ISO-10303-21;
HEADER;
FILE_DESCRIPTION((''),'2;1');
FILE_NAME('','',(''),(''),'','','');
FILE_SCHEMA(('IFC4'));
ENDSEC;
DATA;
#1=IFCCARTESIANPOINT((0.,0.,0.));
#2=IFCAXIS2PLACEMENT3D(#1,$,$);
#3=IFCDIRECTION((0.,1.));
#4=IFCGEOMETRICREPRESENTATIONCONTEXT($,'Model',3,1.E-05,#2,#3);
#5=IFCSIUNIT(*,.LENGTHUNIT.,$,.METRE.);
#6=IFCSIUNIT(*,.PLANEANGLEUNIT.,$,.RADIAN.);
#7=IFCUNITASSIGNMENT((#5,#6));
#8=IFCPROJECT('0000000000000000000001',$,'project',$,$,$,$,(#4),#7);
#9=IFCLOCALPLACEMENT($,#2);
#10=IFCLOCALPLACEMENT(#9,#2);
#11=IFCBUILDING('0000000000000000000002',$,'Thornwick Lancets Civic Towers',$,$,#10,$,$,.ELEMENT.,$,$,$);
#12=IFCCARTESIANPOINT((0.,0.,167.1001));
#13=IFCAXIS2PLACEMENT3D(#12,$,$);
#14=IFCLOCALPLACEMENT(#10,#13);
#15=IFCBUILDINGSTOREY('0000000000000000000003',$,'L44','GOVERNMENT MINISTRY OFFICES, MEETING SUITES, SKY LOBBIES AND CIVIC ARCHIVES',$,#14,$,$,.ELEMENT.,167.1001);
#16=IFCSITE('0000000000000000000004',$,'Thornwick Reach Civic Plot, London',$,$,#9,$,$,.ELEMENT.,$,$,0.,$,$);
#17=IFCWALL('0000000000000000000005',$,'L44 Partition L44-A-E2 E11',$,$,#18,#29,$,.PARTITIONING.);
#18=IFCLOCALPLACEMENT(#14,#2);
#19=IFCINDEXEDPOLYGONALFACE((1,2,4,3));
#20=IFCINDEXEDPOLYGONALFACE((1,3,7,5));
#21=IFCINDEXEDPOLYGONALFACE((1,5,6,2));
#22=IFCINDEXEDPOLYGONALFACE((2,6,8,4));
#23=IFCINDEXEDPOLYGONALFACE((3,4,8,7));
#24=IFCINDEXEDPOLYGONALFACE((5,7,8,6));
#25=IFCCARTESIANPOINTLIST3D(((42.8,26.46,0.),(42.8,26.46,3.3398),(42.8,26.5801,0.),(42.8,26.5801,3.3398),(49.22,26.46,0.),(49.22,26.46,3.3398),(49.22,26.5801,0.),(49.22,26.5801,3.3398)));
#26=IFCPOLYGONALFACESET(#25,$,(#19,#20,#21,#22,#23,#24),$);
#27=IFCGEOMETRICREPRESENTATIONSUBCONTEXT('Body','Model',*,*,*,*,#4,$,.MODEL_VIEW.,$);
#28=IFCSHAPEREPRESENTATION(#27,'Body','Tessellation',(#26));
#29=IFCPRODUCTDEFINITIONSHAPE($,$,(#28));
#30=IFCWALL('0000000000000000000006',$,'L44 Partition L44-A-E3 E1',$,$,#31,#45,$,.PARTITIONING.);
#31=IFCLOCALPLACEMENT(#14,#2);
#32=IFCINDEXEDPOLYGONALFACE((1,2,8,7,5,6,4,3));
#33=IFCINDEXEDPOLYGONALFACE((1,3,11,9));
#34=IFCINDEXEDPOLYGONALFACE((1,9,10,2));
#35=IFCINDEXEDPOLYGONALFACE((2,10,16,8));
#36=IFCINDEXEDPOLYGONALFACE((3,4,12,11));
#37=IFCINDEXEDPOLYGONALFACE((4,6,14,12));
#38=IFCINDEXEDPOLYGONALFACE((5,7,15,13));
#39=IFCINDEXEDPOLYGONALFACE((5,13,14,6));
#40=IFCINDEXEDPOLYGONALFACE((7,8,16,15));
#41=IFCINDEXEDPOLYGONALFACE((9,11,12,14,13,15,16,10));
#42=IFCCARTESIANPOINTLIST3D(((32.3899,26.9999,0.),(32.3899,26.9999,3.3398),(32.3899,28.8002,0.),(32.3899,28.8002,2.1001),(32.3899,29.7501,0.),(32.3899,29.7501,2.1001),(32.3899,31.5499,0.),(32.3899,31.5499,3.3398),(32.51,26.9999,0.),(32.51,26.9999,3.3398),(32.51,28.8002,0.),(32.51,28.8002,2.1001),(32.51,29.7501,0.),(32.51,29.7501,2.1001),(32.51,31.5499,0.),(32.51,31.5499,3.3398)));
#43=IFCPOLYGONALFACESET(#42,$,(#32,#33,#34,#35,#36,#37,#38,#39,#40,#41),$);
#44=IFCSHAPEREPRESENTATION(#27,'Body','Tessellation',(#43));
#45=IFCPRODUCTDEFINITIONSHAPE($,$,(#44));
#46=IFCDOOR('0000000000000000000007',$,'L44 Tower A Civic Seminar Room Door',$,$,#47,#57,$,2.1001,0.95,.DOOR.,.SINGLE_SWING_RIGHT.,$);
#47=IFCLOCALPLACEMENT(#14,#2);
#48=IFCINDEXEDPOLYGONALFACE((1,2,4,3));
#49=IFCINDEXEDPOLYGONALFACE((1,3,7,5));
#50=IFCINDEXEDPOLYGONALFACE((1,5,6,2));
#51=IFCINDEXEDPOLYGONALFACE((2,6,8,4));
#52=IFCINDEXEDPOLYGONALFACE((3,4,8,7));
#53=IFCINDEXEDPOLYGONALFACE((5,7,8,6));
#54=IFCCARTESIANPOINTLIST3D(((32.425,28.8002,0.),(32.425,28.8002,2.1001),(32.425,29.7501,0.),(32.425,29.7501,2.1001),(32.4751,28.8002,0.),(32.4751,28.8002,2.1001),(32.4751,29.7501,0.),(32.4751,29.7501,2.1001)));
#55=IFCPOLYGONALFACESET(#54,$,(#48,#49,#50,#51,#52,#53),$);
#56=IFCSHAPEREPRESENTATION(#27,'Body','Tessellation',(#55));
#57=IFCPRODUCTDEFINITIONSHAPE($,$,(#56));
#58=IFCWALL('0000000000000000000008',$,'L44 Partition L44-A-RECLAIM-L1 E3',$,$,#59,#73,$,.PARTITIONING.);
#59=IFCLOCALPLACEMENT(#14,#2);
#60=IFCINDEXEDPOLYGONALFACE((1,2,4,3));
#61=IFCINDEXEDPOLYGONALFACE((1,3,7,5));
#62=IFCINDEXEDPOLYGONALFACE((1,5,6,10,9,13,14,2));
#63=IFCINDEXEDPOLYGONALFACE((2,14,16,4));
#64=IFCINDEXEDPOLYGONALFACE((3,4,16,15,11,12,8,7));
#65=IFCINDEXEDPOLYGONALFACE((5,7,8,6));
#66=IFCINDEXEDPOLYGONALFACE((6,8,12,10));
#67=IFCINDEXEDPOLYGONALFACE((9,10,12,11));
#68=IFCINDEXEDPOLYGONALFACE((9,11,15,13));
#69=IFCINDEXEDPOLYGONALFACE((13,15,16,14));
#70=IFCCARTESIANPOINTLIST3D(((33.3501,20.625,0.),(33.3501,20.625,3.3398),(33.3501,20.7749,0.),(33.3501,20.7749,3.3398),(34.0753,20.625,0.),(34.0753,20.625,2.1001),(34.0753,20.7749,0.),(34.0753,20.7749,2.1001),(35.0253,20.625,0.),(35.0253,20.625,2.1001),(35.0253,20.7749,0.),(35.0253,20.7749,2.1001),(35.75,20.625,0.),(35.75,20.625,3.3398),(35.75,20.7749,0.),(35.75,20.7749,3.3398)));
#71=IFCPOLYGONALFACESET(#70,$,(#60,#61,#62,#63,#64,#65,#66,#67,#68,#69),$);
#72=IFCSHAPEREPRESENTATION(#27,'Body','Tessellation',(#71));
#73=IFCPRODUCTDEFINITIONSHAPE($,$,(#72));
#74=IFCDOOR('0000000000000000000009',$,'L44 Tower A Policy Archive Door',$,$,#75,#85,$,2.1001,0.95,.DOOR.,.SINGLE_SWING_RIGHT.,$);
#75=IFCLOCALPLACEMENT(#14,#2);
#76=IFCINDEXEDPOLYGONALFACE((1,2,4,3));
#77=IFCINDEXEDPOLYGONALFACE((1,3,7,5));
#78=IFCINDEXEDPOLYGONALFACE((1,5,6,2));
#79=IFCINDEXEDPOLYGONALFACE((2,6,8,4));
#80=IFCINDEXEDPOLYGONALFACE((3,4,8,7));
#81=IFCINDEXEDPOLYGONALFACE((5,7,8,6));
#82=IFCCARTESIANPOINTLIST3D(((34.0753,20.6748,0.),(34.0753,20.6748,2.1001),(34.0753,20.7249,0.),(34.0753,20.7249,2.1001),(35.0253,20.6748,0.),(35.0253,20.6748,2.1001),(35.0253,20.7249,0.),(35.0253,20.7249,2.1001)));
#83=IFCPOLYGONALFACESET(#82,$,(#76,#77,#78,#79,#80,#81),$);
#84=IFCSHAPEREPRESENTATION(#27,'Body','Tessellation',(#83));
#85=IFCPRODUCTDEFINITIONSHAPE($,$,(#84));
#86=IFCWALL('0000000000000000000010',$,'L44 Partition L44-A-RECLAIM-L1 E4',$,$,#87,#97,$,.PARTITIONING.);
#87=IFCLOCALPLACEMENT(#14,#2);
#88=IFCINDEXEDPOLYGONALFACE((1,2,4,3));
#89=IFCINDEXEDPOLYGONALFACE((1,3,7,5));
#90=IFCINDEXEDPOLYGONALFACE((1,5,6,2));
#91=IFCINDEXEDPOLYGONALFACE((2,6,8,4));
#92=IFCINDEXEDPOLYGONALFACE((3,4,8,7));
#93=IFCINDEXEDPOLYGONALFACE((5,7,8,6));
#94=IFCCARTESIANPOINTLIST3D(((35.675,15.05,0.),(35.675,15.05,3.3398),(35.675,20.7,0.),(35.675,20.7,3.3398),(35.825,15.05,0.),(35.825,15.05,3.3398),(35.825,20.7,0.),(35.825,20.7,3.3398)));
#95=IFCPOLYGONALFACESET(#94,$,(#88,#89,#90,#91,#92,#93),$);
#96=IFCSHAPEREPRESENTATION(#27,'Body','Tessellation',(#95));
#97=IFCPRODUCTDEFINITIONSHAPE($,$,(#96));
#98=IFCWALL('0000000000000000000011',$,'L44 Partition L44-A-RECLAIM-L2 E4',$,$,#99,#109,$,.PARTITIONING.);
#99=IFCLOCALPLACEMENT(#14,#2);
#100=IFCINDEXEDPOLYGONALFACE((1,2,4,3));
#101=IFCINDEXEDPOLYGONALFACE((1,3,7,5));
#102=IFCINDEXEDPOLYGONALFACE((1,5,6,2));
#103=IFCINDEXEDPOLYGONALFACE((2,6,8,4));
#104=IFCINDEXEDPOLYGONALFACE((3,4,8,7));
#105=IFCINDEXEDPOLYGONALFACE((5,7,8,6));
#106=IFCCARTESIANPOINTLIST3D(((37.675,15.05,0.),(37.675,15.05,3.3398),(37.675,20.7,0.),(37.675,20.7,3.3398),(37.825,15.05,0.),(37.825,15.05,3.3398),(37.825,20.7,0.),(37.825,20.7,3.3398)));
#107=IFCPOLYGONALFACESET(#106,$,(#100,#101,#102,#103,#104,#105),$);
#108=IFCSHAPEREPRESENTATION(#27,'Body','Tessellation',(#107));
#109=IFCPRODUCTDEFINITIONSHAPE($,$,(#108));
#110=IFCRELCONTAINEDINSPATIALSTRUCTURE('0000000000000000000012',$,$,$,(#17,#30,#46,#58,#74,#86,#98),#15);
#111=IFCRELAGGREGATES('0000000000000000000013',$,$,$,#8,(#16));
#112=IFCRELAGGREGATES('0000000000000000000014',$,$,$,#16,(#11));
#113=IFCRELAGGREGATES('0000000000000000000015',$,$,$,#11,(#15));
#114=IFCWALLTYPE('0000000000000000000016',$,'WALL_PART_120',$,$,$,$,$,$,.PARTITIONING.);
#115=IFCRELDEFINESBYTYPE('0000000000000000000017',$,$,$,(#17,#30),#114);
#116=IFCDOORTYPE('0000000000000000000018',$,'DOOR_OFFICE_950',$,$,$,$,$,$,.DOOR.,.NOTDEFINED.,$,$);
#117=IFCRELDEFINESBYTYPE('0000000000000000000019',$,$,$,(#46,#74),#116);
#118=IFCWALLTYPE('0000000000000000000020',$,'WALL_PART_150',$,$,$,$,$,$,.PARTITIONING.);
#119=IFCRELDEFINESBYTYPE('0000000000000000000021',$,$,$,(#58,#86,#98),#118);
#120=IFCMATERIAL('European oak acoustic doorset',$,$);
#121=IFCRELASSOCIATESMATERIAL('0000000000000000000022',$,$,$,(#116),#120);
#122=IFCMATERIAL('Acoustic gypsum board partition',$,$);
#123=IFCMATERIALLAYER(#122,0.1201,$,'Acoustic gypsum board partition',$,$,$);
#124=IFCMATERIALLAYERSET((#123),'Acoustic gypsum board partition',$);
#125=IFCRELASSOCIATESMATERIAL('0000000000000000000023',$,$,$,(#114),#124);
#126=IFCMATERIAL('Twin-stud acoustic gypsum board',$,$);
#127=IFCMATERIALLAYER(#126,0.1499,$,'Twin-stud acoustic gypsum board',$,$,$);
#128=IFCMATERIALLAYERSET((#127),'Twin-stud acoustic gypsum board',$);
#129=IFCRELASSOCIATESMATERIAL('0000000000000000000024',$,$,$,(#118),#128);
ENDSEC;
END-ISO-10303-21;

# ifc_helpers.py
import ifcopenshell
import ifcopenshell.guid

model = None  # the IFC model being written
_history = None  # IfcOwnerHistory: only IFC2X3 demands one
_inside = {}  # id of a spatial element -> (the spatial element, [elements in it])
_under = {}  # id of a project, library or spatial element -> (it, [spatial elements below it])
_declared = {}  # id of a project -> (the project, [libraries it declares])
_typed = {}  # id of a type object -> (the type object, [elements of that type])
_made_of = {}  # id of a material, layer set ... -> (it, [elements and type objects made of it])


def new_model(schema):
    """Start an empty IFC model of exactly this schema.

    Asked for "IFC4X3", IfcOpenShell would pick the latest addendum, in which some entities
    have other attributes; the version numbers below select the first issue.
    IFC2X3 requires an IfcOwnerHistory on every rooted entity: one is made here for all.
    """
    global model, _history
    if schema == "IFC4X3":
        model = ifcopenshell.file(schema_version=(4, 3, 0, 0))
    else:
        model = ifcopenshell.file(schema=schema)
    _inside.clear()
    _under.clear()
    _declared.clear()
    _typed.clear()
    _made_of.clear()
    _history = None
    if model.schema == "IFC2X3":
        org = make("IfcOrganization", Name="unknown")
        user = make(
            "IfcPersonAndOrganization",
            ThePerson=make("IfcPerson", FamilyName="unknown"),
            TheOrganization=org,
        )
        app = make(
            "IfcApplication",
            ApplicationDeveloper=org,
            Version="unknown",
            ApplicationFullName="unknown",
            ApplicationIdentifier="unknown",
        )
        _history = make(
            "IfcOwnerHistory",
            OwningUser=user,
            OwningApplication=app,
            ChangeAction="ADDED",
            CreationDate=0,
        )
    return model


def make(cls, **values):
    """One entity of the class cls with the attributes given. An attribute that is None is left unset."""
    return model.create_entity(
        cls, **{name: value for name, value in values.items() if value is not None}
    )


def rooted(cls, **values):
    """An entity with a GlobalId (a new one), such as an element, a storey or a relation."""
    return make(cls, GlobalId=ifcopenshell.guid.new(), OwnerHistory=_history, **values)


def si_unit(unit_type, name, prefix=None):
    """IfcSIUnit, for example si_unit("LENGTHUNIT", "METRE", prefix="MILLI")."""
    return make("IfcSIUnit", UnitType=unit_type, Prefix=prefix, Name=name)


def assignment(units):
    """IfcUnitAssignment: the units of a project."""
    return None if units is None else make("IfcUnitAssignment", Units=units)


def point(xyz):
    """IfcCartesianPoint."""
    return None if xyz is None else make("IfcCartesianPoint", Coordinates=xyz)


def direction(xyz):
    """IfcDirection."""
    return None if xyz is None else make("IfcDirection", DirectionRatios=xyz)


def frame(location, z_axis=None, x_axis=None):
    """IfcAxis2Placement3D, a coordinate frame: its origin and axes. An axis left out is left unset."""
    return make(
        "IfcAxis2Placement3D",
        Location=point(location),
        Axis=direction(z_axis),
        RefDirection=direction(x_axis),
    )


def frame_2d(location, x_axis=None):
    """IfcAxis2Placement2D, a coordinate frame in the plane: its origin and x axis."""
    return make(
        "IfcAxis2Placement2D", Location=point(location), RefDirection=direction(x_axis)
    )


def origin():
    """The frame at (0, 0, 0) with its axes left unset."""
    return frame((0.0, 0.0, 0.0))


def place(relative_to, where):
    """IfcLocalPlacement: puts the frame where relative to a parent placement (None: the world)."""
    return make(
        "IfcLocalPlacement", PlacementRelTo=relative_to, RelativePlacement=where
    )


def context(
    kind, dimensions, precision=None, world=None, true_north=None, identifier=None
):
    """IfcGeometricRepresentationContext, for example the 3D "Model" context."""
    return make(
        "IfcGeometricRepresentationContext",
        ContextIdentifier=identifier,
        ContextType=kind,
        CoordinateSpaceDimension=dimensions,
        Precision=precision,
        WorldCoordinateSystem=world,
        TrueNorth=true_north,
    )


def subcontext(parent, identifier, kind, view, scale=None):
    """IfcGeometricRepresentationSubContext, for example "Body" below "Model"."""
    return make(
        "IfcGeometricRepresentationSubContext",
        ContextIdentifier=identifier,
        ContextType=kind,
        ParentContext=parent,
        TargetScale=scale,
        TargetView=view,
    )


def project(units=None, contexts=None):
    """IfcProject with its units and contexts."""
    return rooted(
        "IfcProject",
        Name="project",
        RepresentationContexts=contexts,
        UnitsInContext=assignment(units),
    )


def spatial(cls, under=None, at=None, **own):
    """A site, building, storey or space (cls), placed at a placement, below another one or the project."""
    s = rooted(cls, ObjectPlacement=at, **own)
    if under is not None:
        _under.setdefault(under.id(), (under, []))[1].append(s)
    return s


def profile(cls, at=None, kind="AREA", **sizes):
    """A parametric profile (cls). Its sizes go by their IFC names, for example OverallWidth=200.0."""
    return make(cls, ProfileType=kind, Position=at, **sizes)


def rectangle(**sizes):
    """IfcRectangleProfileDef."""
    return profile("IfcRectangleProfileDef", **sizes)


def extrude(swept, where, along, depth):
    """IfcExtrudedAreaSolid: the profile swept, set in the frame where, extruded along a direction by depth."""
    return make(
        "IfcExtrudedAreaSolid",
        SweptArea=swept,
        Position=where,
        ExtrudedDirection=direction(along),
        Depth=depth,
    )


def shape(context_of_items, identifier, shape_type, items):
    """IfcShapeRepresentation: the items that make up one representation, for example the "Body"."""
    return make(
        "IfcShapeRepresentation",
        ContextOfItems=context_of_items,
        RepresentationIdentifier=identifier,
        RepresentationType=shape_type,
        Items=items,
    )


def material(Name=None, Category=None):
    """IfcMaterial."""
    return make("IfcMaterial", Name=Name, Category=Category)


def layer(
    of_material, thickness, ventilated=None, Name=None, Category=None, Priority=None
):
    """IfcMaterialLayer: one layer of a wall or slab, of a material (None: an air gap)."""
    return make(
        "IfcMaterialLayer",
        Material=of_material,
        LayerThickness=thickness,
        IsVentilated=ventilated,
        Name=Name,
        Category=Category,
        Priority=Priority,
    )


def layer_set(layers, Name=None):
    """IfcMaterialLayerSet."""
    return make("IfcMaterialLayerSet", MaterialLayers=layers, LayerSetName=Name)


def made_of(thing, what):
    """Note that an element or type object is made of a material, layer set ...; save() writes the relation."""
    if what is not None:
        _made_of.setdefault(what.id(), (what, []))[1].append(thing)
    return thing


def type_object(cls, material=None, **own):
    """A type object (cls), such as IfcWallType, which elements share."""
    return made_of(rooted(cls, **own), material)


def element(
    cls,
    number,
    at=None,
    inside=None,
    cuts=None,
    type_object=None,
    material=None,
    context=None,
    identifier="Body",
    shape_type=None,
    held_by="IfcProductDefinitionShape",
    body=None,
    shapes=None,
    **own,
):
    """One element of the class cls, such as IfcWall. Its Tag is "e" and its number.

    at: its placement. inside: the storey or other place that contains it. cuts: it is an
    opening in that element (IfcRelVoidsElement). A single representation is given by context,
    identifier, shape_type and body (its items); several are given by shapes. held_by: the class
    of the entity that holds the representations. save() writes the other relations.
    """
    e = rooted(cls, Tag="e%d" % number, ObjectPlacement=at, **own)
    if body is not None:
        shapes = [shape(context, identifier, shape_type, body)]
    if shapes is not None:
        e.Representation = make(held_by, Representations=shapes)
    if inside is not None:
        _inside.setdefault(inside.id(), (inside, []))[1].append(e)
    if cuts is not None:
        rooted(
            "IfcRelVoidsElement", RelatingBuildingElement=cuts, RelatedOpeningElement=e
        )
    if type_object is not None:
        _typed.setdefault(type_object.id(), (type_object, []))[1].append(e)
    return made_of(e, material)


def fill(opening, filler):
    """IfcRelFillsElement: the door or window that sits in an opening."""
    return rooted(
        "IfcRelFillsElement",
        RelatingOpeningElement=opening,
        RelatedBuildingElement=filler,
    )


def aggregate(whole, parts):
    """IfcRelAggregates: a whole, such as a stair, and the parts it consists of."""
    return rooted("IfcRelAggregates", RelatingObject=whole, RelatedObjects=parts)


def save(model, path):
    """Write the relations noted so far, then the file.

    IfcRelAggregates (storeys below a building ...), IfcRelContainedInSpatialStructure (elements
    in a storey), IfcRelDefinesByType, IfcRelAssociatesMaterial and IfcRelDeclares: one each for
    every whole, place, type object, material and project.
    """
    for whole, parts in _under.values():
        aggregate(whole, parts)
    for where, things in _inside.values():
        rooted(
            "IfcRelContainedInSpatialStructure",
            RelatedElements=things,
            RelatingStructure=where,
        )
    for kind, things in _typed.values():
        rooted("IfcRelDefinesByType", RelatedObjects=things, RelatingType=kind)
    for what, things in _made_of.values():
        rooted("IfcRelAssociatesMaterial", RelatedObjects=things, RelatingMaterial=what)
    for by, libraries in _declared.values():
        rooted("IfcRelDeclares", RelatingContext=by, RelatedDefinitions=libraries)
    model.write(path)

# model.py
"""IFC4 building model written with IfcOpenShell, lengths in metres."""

from ifc_helpers import new_model, si_unit, direction, frame, frame_2d, origin, place, context, subcontext, project, spatial, rectangle, extrude, material, layer, layer_set, type_object, element, fill, save


model = new_model("IFC4")

# Units and contexts
model_context = context("Model", 3, precision=1e-05, world=origin(), true_north=direction((0.0, 1.0)))
body_context = subcontext(model_context, "Body", "Model", "MODEL_VIEW")
ifc_project = project(units=[si_unit("LENGTHUNIT", "METRE"), si_unit("PLANEANGLEUNIT", "RADIAN")], contexts=[model_context])

# Site, building, storey
site_placement = place(None, origin())
site = spatial("IfcSite", under=ifc_project, at=site_placement, Name="Thornwick Reach Civic Plot, London", CompositionType="ELEMENT", RefElevation=0.0)
building_placement = place(site_placement, origin())
building = spatial("IfcBuilding", under=site, at=building_placement, Name="Thornwick Lancets Civic Towers", CompositionType="ELEMENT")
storey_placement = place(building_placement, frame((0.0, 0.0, 167.1001)))
storey = spatial("IfcBuildingStorey", under=building, at=storey_placement, Name="L44", Description="GOVERNMENT MINISTRY OFFICES, MEETING SUITES, SKY LOBBIES AND CIVIC ARCHIVES", CompositionType="ELEMENT", Elevation=167.1001)

# Shared definitions
ifc_material_1 = material(Name="European oak acoustic doorset")
door_type_1 = type_object("IfcDoorType", Name="DOOR_OFFICE_950", OperationType="NOTDEFINED", PredefinedType="DOOR", material=ifc_material_1)
ifc_material_2 = material(Name="Acoustic gypsum board partition")
ifc_layer_1 = layer(ifc_material_2, 0.1201, Name="Acoustic gypsum board partition")
ifc_layer_set_1 = layer_set([ifc_layer_1], Name="Acoustic gypsum board partition")
wall_type_1 = type_object("IfcWallType", Name="WALL_PART_120", PredefinedType="PARTITIONING", material=ifc_layer_set_1)

# Wall
wall_1_placement = place(storey_placement, frame((42.8, 26.52, 0.0), z_axis=(0.0, 0.0, 1.0), x_axis=(1.0, 0.0, 0.0)))
element("IfcWall", 1, at=wall_1_placement, inside=storey, type_object=wall_type_1, Name="L44 Partition L44-A-E2 E11", PredefinedType="PARTITIONING", context=body_context, shape_type="SweptSolid", body=[
    extrude(rectangle(XDim=6.4199, YDim=0.1201, at=frame_2d((3.21, 0.0))), origin(), (0.0, 0.0, 1.0), 3.3398),
])

# Walls, openings, doors
wall_2_placement = place(storey_placement, frame((32.45, 27.0, 0.0), z_axis=(0.0, 0.0, 1.0), x_axis=(0.0, 1.0, 0.0)))
wall_2 = element("IfcWall", 2, at=wall_2_placement, inside=storey, type_object=wall_type_1, Name="L44 Partition L44-A-E3 E1", PredefinedType="PARTITIONING", context=body_context, shape_type="SweptSolid", body=[
    extrude(rectangle(XDim=4.55, YDim=0.1201, at=frame_2d((2.2749, 0.0))), origin(), (0.0, 0.0, 1.0), 3.3398),
])
opening_1_placement = place(wall_2_placement, frame((1.8, 0.0, 0.0)))
opening_1 = element("IfcOpeningElement", 3, at=opening_1_placement, cuts=wall_2, PredefinedType="OPENING", context=body_context, shape_type="SweptSolid", body=[
    extrude(rectangle(XDim=0.95, YDim=2.1001, at=frame_2d((0.4751, 1.05))), frame((0.0, 0.0701, 0.0), z_axis=(0.0, -1.0, 0.0), x_axis=(1.0, 0.0, 0.0)), (0.0, 0.0, 1.0), 0.1401),
])
door_1_placement = place(opening_1_placement, origin())
door_1 = element("IfcDoor", 4, at=door_1_placement, inside=storey, type_object=door_type_1, Name="L44 Tower A Civic Seminar Room Door", OperationType="SINGLE_SWING_RIGHT", OverallHeight=2.1001, OverallWidth=0.95, PredefinedType="DOOR", context=body_context, shape_type="SweptSolid", body=[
    extrude(rectangle(XDim=0.95, YDim=2.1001, at=frame_2d((0.4751, 1.05))), frame((0.0, 0.0249, 0.0), z_axis=(0.0, -1.0, 0.0), x_axis=(1.0, 0.0, 0.0)), (0.0, 0.0, 1.0), 0.05),
])
fill(opening_1, door_1)
ifc_material_3 = material(Name="Twin-stud acoustic gypsum board")
ifc_layer_2 = layer(ifc_material_3, 0.1499, Name="Twin-stud acoustic gypsum board")
ifc_layer_set_2 = layer_set([ifc_layer_2], Name="Twin-stud acoustic gypsum board")
wall_type_2 = type_object("IfcWallType", Name="WALL_PART_150", PredefinedType="PARTITIONING", material=ifc_layer_set_2)
wall_3_placement = place(storey_placement, frame((33.3501, 20.7, 0.0), z_axis=(0.0, 0.0, 1.0), x_axis=(1.0, 0.0, 0.0)))
wall_3 = element("IfcWall", 5, at=wall_3_placement, inside=storey, type_object=wall_type_2, Name="L44 Partition L44-A-RECLAIM-L1 E3", PredefinedType="PARTITIONING", context=body_context, shape_type="SweptSolid", body=[
    extrude(rectangle(XDim=2.3999, YDim=0.1499, at=frame_2d((1.2, 0.0))), origin(), (0.0, 0.0, 1.0), 3.3398),
])
opening_2_placement = place(wall_3_placement, frame((0.7251, 0.0, 0.0)))
opening_2 = element("IfcOpeningElement", 6, at=opening_2_placement, cuts=wall_3, PredefinedType="OPENING", context=body_context, shape_type="SweptSolid", body=[
    extrude(rectangle(XDim=0.95, YDim=2.1001, at=frame_2d((0.4751, 1.05))), frame((0.0, 0.085, 0.0), z_axis=(0.0, -1.0, 0.0), x_axis=(1.0, 0.0, 0.0)), (0.0, 0.0, 1.0), 0.1699),
])
door_2_placement = place(opening_2_placement, origin())
door_2 = element("IfcDoor", 7, at=door_2_placement, inside=storey, type_object=door_type_1, Name="L44 Tower A Policy Archive Door", OperationType="SINGLE_SWING_RIGHT", OverallHeight=2.1001, OverallWidth=0.95, PredefinedType="DOOR", context=body_context, shape_type="SweptSolid", body=[
    extrude(rectangle(XDim=0.95, YDim=2.1001, at=frame_2d((0.4751, 1.05))), frame((0.0, 0.0249, 0.0), z_axis=(0.0, -1.0, 0.0), x_axis=(1.0, 0.0, 0.0)), (0.0, 0.0, 1.0), 0.05),
])
fill(opening_2, door_2)

# Wall
wall_4_placement = place(storey_placement, frame((35.75, 20.7, 0.0), z_axis=(0.0, 0.0, 1.0), x_axis=(0.0, -1.0, 0.0)))
element("IfcWall", 8, at=wall_4_placement, inside=storey, type_object=wall_type_2, Name="L44 Partition L44-A-RECLAIM-L1 E4", PredefinedType="PARTITIONING", context=body_context, shape_type="SweptSolid", body=[
    extrude(rectangle(XDim=5.6499, YDim=0.1499, at=frame_2d((2.825, 0.0))), origin(), (0.0, 0.0, 1.0), 3.3398),
])

# Wall
wall_5_placement = place(storey_placement, frame((37.75, 20.7, 0.0), z_axis=(0.0, 0.0, 1.0), x_axis=(0.0, -1.0, 0.0)))
element("IfcWall", 9, at=wall_5_placement, inside=storey, type_object=wall_type_2, Name="L44 Partition L44-A-RECLAIM-L2 E4", PredefinedType="PARTITIONING", context=body_context, shape_type="SweptSolid", body=[
    extrude(rectangle(XDim=5.6499, YDim=0.1499, at=frame_2d((2.825, 0.0))), origin(), (0.0, 0.0, 1.0), 3.3398),
])

save(model, "model.ifc")
